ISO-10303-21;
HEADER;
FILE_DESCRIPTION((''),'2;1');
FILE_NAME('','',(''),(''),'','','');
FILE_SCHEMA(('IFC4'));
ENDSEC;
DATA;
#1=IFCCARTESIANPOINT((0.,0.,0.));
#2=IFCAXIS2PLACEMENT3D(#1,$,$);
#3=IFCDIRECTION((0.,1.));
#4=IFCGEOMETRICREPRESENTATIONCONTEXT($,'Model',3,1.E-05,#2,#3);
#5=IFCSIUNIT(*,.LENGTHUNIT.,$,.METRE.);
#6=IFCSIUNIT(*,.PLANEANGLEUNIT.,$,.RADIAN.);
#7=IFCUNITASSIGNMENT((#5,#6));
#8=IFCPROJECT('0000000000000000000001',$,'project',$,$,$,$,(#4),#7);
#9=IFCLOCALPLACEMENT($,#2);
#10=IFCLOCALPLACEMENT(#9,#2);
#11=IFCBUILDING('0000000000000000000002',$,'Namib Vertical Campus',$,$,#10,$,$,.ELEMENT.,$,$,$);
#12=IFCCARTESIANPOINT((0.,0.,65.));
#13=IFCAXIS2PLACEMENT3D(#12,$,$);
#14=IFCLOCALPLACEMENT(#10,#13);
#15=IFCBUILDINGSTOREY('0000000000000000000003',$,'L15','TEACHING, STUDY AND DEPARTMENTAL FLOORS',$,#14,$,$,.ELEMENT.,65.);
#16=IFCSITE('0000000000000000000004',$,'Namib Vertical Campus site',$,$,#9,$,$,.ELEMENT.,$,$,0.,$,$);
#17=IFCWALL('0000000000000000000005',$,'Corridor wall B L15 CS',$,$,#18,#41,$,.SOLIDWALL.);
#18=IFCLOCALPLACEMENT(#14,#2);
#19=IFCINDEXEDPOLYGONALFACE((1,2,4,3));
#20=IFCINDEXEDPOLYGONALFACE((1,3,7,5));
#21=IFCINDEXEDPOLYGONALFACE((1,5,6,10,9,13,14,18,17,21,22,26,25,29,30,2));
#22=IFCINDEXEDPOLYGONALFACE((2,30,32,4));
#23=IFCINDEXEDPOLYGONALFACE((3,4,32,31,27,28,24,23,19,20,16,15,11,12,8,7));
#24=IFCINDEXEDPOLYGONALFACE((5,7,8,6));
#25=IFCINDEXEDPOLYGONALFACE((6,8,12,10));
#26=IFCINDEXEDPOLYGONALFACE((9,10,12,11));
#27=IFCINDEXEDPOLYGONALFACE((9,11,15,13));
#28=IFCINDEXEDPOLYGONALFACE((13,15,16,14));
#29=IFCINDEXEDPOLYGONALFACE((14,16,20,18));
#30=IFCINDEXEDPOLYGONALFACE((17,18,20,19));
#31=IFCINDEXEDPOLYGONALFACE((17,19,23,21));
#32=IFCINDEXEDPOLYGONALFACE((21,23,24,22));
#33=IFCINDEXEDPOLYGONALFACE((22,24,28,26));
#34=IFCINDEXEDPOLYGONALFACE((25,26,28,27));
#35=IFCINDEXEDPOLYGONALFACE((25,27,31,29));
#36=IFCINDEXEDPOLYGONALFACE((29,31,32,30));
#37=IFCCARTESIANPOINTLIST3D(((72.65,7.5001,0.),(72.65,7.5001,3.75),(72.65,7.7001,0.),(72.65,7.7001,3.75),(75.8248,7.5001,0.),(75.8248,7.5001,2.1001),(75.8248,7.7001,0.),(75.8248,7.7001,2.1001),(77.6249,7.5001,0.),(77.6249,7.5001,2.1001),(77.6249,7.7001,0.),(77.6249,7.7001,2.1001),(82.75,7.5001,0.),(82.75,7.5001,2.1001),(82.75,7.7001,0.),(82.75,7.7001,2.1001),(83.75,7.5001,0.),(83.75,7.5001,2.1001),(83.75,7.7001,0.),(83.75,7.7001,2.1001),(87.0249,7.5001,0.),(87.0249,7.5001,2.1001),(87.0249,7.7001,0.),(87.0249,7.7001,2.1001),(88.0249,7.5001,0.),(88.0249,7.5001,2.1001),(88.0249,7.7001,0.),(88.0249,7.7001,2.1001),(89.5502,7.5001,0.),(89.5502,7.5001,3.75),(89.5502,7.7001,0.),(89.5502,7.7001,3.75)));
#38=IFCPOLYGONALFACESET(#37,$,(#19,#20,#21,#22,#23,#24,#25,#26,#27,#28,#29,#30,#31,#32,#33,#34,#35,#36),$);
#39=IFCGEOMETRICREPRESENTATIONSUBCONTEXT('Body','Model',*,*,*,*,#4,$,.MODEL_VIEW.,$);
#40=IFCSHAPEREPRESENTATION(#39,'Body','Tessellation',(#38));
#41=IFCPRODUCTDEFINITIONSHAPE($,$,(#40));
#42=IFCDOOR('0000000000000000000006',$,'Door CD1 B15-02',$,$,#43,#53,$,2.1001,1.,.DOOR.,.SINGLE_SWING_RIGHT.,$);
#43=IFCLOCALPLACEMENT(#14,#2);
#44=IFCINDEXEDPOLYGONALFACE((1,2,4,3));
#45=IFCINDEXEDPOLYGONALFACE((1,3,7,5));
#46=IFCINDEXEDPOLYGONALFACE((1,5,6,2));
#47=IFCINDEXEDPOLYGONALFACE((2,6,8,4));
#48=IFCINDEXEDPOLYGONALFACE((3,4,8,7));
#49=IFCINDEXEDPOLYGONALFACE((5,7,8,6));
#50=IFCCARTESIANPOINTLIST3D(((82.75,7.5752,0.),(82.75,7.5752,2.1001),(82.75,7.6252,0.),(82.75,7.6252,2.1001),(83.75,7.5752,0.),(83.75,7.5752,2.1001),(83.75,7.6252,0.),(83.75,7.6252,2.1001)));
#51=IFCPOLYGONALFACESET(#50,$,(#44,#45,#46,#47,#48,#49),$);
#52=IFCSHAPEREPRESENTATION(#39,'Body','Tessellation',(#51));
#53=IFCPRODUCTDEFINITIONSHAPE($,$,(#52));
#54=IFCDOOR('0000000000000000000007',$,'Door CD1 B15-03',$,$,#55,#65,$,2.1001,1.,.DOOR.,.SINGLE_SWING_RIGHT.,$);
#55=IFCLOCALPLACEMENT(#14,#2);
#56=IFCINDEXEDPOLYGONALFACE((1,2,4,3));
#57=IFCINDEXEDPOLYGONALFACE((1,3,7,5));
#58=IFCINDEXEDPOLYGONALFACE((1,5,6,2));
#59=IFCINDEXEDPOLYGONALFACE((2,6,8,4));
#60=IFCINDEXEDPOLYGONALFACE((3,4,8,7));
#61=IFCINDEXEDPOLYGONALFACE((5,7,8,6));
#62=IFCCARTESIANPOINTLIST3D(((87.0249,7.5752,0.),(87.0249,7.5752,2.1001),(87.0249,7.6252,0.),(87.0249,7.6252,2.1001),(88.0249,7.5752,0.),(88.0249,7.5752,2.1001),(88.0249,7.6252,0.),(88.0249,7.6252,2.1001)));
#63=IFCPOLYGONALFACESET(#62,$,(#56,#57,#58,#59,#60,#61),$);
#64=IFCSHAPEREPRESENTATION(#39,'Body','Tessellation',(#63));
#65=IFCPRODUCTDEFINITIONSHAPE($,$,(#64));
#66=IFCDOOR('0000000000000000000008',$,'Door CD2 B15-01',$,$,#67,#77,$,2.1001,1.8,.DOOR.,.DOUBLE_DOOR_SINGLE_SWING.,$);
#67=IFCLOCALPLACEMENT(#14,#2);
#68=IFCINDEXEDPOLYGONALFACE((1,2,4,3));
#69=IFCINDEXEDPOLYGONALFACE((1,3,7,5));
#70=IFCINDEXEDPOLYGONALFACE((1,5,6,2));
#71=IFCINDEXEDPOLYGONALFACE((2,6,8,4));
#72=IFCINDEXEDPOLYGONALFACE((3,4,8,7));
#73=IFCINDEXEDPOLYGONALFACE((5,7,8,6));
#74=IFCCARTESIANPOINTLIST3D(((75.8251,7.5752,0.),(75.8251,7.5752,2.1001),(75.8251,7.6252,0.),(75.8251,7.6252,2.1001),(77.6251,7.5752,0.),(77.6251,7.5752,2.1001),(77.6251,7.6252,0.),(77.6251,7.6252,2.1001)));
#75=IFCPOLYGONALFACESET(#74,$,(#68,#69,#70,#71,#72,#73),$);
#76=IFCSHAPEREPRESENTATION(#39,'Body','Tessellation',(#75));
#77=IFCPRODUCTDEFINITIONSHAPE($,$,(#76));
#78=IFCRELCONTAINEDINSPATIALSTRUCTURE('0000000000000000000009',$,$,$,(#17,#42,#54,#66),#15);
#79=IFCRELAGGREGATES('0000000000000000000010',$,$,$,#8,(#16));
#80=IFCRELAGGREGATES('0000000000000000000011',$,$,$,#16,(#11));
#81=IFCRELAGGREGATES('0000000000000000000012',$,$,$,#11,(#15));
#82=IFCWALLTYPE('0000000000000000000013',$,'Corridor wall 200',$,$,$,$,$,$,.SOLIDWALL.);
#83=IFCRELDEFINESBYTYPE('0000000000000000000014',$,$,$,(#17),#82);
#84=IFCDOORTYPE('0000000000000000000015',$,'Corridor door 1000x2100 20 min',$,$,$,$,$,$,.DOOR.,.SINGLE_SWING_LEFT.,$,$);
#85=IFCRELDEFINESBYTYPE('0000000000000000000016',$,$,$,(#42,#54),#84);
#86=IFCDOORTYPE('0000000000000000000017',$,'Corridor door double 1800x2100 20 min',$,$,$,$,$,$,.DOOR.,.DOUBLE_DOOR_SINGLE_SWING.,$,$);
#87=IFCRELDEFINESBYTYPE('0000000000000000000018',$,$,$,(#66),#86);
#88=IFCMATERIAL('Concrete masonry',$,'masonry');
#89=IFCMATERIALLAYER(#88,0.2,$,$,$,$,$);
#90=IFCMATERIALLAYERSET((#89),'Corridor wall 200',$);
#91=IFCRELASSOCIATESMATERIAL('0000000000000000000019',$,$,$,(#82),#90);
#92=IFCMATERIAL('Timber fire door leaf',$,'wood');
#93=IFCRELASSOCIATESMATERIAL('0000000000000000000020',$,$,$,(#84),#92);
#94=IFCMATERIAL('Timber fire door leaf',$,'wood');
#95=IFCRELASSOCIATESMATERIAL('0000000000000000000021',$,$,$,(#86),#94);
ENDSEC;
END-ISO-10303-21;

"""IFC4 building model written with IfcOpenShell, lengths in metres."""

from ifc_helpers import new_model, si_unit, direction, frame, frame_2d, origin, place, context, subcontext, project, spatial, rectangle, extrude, material, layer, layer_set, type_object, element, fill, save


model = new_model("IFC4")

# Units and contexts
model_context = context("Model", 3, precision=1e-05, world=origin(), true_north=direction((0.0, 1.0)))
body_context = subcontext(model_context, "Body", "Model", "MODEL_VIEW")
ifc_project = project(units=[si_unit("LENGTHUNIT", "METRE"), si_unit("PLANEANGLEUNIT", "RADIAN")], contexts=[model_context])

# Site, building, storey
site_placement = place(None, origin())
site = spatial("IfcSite", under=ifc_project, at=site_placement, Name="Namib Vertical Campus site", CompositionType="ELEMENT", RefElevation=0.0)
building_placement = place(site_placement, origin())
building = spatial("IfcBuilding", under=site, at=building_placement, Name="Namib Vertical Campus", CompositionType="ELEMENT")
storey_placement = place(building_placement, frame((0.0, 0.0, 65.0)))
storey = spatial("IfcBuildingStorey", under=building, at=storey_placement, Name="L15", Description="TEACHING, STUDY AND DEPARTMENTAL FLOORS", CompositionType="ELEMENT", Elevation=65.0)

# Wall, openings, doors
ifc_material_1 = material(Name="Concrete masonry", Category="masonry")
ifc_layer_1 = layer(ifc_material_1, 0.2)
ifc_layer_set_1 = layer_set([ifc_layer_1], Name="Corridor wall 200")
wall_type_1 = type_object("IfcWallType", Name="Corridor wall 200", PredefinedType="SOLIDWALL", material=ifc_layer_set_1)
wall_1_placement = place(storey_placement, frame((72.6499, 7.6001, 0.0), z_axis=(0.0, 0.0, 1.0), x_axis=(1.0, 0.0, 0.0)))
wall_1 = element("IfcWall", 1, at=wall_1_placement, inside=storey, type_object=wall_type_1, Name="Corridor wall B L15 CS", PredefinedType="SOLIDWALL", context=body_context, shape_type="SweptSolid", body=[
    extrude(rectangle(XDim=16.9001, YDim=0.2, at=frame_2d((8.4502, 0.0))), origin(), (0.0, 0.0, 1.0), 3.75),
])
opening_1_placement = place(wall_1_placement, frame((3.175, 0.0, 0.0)))
opening_1 = element("IfcOpeningElement", 2, at=opening_1_placement, cuts=wall_1, PredefinedType="OPENING", context=body_context, shape_type="SweptSolid", body=[
    extrude(rectangle(XDim=1.8, YDim=2.1001, at=frame_2d((0.8999, 1.05))), frame((0.0, 0.1099, 0.0), z_axis=(0.0, -1.0, 0.0), x_axis=(1.0, 0.0, 0.0)), (0.0, 0.0, 1.0), 0.22),
])
opening_2_placement = place(wall_1_placement, frame((10.1001, 0.0, 0.0)))
opening_2 = element("IfcOpeningElement", 3, at=opening_2_placement, cuts=wall_1, PredefinedType="OPENING", context=body_context, shape_type="SweptSolid", body=[
    extrude(rectangle(XDim=1.0, YDim=2.1001, at=frame_2d((0.5, 1.05))), frame((0.0, 0.1099, 0.0), z_axis=(0.0, -1.0, 0.0), x_axis=(1.0, 0.0, 0.0)), (0.0, 0.0, 1.0), 0.22),
])
opening_3_placement = place(wall_1_placement, frame((14.375, 0.0, 0.0)))
opening_3 = element("IfcOpeningElement", 4, at=opening_3_placement, cuts=wall_1, PredefinedType="OPENING", context=body_context, shape_type="SweptSolid", body=[
    extrude(rectangle(XDim=1.0, YDim=2.1001, at=frame_2d((0.5, 1.05))), frame((0.0, 0.1099, 0.0), z_axis=(0.0, -1.0, 0.0), x_axis=(1.0, 0.0, 0.0)), (0.0, 0.0, 1.0), 0.22),
])
ifc_material_2 = material(Name="Timber fire door leaf", Category="wood")
door_type_1 = type_object("IfcDoorType", Name="Corridor door 1000x2100 20 min", OperationType="SINGLE_SWING_LEFT", PredefinedType="DOOR", material=ifc_material_2)
door_1_placement = place(opening_2_placement, frame((1.0, 0.0, 0.0), z_axis=(0.0, 0.0, 1.0), x_axis=(-1.0, 0.0, 0.0)))
door_1 = element("IfcDoor", 5, at=door_1_placement, inside=storey, type_object=door_type_1, Name="Door CD1 B15-02", OperationType="SINGLE_SWING_RIGHT", OverallHeight=2.1001, OverallWidth=1.0, PredefinedType="DOOR", context=body_context, shape_type="SweptSolid", body=[
    extrude(rectangle(XDim=1.0, YDim=2.1001, at=frame_2d((0.5, 1.05))), frame((0.0, 0.0249, 0.0), z_axis=(0.0, -1.0, 0.0), x_axis=(1.0, 0.0, 0.0)), (0.0, 0.0, 1.0), 0.05),
])
fill(opening_2, door_1)
door_2_placement = place(opening_3_placement, frame((1.0, 0.0, 0.0), z_axis=(0.0, 0.0, 1.0), x_axis=(-1.0, 0.0, 0.0)))
door_2 = element("IfcDoor", 6, at=door_2_placement, inside=storey, type_object=door_type_1, Name="Door CD1 B15-03", OperationType="SINGLE_SWING_RIGHT", OverallHeight=2.1001, OverallWidth=1.0, PredefinedType="DOOR", context=body_context, shape_type="SweptSolid", body=[
    extrude(rectangle(XDim=1.0, YDim=2.1001, at=frame_2d((0.5, 1.05))), frame((0.0, 0.0249, 0.0), z_axis=(0.0, -1.0, 0.0), x_axis=(1.0, 0.0, 0.0)), (0.0, 0.0, 1.0), 0.05),
])
fill(opening_3, door_2)
ifc_material_3 = material(Name="Timber fire door leaf", Category="wood")
door_type_2 = type_object("IfcDoorType", Name="Corridor door double 1800x2100 20 min", OperationType="DOUBLE_DOOR_SINGLE_SWING", PredefinedType="DOOR", material=ifc_material_3)
door_3_placement = place(opening_1_placement, frame((1.8, 0.0, 0.0), z_axis=(0.0, 0.0, 1.0), x_axis=(-1.0, 0.0, 0.0)))
door_3 = element("IfcDoor", 7, at=door_3_placement, inside=storey, type_object=door_type_2, Name="Door CD2 B15-01", OperationType="DOUBLE_DOOR_SINGLE_SWING", OverallHeight=2.1001, OverallWidth=1.8, PredefinedType="DOOR", context=body_context, shape_type="SweptSolid", body=[
    extrude(rectangle(XDim=1.8, YDim=2.1001, at=frame_2d((0.8999, 1.05))), frame((0.0, 0.0249, 0.0), z_axis=(0.0, -1.0, 0.0), x_axis=(1.0, 0.0, 0.0)), (0.0, 0.0, 1.0), 0.05),
])
fill(opening_1, door_3)

save(model, "model.ifc")
